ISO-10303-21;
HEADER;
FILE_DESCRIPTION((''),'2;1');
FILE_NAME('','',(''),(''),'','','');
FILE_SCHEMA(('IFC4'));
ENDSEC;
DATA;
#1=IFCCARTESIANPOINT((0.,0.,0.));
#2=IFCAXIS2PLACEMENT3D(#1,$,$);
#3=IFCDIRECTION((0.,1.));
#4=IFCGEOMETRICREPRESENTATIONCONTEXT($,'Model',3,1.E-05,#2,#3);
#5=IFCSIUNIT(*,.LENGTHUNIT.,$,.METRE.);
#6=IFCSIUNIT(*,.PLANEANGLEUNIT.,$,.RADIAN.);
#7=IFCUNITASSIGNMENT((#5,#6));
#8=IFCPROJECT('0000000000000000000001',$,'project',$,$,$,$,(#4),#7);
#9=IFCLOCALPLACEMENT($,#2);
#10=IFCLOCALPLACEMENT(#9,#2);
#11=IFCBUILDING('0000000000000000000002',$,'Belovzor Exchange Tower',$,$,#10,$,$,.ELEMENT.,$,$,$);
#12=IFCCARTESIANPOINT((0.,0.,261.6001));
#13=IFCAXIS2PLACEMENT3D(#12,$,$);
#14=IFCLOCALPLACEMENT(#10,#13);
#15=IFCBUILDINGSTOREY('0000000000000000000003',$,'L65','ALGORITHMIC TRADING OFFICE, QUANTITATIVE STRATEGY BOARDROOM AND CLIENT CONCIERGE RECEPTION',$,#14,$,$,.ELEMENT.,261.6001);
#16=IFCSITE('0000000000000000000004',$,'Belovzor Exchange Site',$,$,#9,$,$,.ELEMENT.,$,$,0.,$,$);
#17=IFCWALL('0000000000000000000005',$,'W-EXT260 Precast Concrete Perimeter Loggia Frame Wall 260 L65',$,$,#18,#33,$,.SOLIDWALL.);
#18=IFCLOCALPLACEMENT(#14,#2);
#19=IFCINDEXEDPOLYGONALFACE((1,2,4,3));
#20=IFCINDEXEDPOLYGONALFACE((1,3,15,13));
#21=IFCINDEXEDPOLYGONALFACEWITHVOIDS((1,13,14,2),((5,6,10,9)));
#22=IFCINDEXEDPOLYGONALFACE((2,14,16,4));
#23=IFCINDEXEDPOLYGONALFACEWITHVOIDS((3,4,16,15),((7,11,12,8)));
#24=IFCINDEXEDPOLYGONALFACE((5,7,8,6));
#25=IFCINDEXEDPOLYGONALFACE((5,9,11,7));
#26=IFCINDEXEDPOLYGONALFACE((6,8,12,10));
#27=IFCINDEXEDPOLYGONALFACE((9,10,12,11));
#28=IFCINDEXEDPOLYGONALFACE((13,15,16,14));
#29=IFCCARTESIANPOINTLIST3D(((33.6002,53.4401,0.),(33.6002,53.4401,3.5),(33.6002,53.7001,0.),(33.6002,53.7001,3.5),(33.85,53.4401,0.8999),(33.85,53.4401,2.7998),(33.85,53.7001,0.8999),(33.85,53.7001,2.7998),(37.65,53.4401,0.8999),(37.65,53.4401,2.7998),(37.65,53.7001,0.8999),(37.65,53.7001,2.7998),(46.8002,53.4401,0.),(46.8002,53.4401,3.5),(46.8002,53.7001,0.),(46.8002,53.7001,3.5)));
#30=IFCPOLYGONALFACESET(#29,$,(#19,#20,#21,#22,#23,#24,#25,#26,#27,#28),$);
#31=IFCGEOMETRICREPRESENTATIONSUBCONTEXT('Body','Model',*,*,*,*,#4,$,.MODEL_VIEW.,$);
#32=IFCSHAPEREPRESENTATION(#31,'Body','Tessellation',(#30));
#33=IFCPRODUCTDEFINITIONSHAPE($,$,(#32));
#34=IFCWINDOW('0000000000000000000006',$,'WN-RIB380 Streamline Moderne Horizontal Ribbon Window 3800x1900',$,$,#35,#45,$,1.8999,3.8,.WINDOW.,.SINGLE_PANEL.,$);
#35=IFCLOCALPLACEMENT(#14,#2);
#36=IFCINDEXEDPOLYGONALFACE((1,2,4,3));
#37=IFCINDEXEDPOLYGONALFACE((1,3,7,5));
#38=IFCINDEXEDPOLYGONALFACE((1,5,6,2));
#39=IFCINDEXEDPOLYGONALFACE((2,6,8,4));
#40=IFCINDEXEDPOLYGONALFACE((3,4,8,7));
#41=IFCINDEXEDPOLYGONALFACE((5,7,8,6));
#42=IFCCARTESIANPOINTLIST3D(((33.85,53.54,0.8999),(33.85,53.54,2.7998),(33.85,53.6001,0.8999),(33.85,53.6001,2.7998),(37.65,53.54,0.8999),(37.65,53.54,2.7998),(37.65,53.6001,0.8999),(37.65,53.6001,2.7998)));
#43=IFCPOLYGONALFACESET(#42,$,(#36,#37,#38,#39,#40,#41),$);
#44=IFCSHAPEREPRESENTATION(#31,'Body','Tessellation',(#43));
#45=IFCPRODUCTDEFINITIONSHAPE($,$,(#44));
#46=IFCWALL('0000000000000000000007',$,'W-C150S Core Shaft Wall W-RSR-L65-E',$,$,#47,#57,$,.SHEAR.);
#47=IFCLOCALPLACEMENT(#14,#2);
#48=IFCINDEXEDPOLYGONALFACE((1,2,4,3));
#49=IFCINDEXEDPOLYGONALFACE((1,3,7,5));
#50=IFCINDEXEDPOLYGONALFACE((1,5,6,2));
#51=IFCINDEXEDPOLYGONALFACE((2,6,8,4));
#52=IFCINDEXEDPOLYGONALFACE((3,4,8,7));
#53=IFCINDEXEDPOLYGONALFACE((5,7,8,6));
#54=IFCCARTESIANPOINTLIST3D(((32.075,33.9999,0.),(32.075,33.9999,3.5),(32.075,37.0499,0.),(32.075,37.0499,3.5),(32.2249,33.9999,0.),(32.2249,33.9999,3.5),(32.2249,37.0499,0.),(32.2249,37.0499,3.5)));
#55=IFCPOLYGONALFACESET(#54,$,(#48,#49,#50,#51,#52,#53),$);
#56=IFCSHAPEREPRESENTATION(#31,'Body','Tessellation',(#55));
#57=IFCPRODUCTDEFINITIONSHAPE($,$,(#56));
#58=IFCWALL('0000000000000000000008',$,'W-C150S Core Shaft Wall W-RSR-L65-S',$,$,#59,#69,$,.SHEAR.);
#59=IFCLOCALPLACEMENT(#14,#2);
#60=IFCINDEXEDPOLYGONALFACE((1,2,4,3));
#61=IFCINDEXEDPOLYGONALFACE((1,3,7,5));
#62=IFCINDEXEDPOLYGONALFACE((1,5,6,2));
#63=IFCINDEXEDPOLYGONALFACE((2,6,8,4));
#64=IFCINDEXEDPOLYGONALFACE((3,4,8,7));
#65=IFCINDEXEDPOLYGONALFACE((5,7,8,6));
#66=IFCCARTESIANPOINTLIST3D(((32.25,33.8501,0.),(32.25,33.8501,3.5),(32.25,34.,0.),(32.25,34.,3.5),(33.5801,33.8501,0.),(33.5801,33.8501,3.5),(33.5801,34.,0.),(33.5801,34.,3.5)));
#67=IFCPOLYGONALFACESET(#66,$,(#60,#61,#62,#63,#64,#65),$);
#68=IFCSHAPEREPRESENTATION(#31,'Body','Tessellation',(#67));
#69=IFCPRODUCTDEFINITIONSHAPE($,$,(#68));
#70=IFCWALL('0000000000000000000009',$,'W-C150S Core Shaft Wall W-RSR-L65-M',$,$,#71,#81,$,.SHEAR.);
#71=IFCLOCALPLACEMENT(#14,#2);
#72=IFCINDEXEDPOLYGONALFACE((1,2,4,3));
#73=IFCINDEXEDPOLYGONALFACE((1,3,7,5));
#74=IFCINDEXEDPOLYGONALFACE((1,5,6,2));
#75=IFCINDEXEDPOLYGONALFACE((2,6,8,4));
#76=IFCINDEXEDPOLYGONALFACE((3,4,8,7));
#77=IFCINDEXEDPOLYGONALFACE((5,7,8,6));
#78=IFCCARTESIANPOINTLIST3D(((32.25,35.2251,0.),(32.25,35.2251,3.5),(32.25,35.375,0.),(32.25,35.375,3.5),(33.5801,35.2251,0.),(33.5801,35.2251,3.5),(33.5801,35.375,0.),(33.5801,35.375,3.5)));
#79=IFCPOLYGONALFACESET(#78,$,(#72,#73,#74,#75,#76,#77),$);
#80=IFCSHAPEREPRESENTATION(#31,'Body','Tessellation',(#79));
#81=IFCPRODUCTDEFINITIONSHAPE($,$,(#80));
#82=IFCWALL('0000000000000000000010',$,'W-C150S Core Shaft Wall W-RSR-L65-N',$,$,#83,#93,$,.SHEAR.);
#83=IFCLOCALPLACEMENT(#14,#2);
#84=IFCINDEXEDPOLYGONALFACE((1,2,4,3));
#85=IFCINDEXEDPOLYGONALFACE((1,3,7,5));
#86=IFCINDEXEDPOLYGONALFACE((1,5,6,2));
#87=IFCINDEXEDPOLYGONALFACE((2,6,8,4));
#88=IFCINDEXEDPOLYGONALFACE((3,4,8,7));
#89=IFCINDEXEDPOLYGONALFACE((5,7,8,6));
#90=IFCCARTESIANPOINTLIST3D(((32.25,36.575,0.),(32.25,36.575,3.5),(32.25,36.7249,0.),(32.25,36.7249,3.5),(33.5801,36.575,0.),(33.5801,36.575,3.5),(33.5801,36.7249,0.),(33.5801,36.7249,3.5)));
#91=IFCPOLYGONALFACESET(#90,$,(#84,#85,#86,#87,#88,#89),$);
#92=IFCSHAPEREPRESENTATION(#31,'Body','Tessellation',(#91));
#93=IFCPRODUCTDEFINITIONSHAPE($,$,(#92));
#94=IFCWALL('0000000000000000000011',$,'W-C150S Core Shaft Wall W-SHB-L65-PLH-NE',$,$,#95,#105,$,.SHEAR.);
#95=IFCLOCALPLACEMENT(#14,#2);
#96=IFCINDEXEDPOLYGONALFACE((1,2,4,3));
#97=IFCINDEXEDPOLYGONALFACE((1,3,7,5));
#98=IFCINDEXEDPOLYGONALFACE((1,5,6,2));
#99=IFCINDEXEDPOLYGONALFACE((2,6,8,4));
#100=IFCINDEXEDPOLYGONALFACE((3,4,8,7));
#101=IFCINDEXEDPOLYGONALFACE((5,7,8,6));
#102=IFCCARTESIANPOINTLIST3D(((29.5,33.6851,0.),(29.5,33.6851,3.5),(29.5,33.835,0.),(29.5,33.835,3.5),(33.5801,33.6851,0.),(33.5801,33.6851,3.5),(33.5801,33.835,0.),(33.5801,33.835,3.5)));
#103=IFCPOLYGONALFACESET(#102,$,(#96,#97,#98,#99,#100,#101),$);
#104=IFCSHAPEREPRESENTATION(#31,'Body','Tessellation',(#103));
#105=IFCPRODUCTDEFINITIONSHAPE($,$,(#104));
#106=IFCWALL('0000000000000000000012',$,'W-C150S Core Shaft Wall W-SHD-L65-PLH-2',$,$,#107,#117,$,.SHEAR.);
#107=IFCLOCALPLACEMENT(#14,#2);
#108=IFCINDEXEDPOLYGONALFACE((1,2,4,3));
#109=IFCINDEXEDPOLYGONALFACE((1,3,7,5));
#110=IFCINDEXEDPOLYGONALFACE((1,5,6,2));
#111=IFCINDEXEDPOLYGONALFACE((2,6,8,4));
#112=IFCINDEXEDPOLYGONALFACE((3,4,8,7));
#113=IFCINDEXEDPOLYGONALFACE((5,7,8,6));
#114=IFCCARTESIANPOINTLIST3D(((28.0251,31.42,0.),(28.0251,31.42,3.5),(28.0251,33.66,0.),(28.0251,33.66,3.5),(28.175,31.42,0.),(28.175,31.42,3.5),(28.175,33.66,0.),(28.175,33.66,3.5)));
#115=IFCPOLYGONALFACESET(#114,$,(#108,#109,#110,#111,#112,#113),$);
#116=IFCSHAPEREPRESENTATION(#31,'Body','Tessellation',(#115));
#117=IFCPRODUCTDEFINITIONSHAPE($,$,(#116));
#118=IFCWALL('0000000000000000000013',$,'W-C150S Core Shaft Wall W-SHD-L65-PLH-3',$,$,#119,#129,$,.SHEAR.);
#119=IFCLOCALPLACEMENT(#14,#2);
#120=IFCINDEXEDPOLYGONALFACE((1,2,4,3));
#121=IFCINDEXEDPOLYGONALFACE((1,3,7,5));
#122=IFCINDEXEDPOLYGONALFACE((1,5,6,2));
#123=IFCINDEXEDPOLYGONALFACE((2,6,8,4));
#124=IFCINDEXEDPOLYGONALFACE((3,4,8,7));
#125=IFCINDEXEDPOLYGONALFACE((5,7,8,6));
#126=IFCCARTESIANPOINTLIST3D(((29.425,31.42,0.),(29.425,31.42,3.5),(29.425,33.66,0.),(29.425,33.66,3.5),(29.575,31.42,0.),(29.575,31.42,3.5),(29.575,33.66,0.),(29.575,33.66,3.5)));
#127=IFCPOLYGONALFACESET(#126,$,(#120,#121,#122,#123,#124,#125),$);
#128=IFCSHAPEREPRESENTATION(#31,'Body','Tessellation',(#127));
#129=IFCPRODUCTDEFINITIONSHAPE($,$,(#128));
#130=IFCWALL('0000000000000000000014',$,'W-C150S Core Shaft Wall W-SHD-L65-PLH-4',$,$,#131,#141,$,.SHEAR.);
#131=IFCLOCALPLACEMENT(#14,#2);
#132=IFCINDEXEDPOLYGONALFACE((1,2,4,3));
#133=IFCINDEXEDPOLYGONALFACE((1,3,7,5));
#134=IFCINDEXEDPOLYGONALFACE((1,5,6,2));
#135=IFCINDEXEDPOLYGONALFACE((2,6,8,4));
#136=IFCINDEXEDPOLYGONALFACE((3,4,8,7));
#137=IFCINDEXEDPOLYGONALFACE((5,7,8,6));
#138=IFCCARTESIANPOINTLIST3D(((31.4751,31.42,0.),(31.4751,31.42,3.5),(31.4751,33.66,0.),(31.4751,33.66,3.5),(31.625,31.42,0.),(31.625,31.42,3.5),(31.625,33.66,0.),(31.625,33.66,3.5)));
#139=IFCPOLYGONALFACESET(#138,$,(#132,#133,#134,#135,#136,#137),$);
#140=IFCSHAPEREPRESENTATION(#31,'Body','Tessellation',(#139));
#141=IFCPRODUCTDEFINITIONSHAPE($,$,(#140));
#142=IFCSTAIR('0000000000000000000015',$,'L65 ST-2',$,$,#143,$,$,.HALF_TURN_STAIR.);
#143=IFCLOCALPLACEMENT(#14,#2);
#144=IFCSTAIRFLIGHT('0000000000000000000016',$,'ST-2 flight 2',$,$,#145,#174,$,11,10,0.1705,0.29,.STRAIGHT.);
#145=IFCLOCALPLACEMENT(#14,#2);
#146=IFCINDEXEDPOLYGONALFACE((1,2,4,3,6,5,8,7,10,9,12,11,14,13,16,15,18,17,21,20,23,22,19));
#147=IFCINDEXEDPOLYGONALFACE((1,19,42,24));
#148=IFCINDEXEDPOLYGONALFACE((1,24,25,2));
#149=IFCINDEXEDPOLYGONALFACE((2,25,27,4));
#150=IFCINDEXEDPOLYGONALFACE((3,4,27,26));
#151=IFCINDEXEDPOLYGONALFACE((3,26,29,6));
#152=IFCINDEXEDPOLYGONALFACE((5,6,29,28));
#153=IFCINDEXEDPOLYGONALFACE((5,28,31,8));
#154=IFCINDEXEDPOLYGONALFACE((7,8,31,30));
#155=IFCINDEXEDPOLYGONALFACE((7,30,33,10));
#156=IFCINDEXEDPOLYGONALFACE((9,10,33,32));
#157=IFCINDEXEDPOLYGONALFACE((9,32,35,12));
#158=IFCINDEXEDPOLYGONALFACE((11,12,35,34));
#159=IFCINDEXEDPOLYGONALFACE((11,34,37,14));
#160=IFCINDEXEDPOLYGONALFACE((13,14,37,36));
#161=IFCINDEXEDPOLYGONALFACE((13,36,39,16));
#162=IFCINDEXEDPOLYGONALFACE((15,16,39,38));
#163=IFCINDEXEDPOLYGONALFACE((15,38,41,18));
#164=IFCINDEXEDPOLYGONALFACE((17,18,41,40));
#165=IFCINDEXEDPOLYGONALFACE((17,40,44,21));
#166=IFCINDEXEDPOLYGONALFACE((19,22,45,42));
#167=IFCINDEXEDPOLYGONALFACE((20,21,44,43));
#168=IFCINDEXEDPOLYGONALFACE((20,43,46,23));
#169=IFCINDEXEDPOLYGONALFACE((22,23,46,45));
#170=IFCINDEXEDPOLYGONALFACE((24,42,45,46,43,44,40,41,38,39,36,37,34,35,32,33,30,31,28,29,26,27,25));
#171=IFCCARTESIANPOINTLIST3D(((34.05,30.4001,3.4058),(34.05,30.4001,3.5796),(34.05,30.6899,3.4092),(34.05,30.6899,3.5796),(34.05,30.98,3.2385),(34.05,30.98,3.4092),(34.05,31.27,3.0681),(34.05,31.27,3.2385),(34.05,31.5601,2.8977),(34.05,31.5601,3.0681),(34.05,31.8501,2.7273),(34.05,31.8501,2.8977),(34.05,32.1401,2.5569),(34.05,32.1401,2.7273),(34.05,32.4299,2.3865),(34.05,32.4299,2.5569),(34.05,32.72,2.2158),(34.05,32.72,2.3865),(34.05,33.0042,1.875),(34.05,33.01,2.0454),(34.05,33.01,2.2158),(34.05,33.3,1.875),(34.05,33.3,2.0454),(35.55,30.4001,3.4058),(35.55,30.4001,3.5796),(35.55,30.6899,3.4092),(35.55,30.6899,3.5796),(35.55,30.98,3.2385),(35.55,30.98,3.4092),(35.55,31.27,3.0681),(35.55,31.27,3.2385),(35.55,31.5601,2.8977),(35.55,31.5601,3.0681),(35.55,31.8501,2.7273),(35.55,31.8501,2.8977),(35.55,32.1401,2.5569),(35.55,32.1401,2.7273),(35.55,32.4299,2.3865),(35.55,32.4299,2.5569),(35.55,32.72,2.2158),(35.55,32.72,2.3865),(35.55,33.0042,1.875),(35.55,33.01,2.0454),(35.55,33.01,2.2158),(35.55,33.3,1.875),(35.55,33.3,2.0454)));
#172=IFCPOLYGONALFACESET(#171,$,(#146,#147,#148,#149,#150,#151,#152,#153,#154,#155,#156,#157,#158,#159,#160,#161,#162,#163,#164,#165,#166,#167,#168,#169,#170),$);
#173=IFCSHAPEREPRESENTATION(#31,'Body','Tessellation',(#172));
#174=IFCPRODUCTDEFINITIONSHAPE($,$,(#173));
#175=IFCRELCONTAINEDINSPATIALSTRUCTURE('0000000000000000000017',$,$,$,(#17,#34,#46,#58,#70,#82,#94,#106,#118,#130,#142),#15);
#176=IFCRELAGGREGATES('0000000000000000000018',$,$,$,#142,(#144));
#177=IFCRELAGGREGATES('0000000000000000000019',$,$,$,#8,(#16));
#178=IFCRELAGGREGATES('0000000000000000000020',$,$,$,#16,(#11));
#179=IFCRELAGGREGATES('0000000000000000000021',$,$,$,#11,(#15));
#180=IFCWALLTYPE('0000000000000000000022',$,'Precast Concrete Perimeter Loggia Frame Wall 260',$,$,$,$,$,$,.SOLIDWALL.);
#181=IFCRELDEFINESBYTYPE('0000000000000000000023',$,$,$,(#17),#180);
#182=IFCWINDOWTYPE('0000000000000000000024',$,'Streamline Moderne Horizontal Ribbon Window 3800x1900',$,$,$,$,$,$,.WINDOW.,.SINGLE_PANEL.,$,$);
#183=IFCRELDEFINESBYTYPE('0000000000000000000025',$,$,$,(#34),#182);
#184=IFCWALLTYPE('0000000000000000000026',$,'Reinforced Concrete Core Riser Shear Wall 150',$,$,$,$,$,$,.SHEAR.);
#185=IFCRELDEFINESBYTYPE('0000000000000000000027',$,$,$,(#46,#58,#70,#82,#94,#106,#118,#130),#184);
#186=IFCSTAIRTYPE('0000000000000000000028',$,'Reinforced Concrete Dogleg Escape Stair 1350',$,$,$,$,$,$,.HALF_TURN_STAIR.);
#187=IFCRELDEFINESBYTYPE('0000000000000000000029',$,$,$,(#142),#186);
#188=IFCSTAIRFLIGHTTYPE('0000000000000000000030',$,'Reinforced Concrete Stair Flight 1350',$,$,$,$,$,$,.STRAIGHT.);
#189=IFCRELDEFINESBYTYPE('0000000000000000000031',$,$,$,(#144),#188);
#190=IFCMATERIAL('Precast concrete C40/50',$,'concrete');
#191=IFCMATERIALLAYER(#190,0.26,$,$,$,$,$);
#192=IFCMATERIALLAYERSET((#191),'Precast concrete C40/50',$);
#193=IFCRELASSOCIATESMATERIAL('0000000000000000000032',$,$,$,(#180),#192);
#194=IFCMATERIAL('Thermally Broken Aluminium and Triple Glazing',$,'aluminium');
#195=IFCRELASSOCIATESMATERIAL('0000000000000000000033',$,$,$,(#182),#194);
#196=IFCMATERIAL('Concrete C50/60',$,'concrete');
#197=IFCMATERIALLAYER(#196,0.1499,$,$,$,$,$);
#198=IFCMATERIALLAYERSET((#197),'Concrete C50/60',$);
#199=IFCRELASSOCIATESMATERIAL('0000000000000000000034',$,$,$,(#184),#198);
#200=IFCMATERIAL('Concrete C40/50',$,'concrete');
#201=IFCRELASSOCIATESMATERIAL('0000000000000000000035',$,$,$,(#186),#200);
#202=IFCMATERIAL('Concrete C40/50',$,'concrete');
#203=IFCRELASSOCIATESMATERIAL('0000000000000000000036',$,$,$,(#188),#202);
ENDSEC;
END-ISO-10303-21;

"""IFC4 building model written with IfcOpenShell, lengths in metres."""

from ifc_helpers import new_model, si_unit, direction, frame, frame_2d, origin, place, context, subcontext, project, spatial, polyline, rectangle, outline, extrude, material, layer, layer_set, type_object, element, fill, aggregate, save


model = new_model("IFC4")

# Units and contexts
model_context = context("Model", 3, precision=1e-05, world=origin(), true_north=direction((0.0, 1.0)))
body_context = subcontext(model_context, "Body", "Model", "MODEL_VIEW")
ifc_project = project(units=[si_unit("LENGTHUNIT", "METRE"), si_unit("PLANEANGLEUNIT", "RADIAN")], contexts=[model_context])

# Site, building, storey
site_placement = place(None, origin())
site = spatial("IfcSite", under=ifc_project, at=site_placement, Name="Belovzor Exchange Site", CompositionType="ELEMENT", RefElevation=0.0)
building_placement = place(site_placement, origin())
building = spatial("IfcBuilding", under=site, at=building_placement, Name="Belovzor Exchange Tower", CompositionType="ELEMENT")
storey_placement = place(building_placement, frame((0.0, 0.0, 261.6001)))
storey = spatial("IfcBuildingStorey", under=building, at=storey_placement, Name="L65", Description="ALGORITHMIC TRADING OFFICE, QUANTITATIVE STRATEGY BOARDROOM AND CLIENT CONCIERGE RECEPTION", CompositionType="ELEMENT", Elevation=261.6001)

# Wall, opening, window
ifc_material_1 = material(Name="Precast concrete C40/50", Category="concrete")
ifc_layer_1 = layer(ifc_material_1, 0.26)
ifc_layer_set_1 = layer_set([ifc_layer_1], Name="Precast concrete C40/50")
wall_type_1 = type_object("IfcWallType", Name="Precast Concrete Perimeter Loggia Frame Wall 260", PredefinedType="SOLIDWALL", material=ifc_layer_set_1)
wall_1_placement = place(storey_placement, frame((33.6001, 53.5701, 0.0), z_axis=(0.0, 0.0, 1.0), x_axis=(1.0, 0.0, 0.0)))
wall_1 = element("IfcWall", 1, at=wall_1_placement, inside=storey, type_object=wall_type_1, Name="W-EXT260 Precast Concrete Perimeter Loggia Frame Wall 260 L65", PredefinedType="SOLIDWALL", context=body_context, shape_type="SweptSolid", body=[
    extrude(rectangle(XDim=13.2, YDim=0.26, at=frame_2d((6.6001, 0.0))), origin(), (0.0, 0.0, 1.0), 3.5),
])
opening_1_placement = place(wall_1_placement, frame((0.25, 0.0, 0.8999)))
opening_1 = element("IfcOpeningElement", 2, at=opening_1_placement, cuts=wall_1, PredefinedType="OPENING", context=body_context, shape_type="SweptSolid", body=[
    extrude(rectangle(XDim=3.8, YDim=1.8999, at=frame_2d((1.8999, 0.95))), frame((0.0, 0.1399, 0.0), z_axis=(0.0, -1.0, 0.0), x_axis=(1.0, 0.0, 0.0)), (0.0, 0.0, 1.0), 0.28),
])
ifc_material_2 = material(Name="Thermally Broken Aluminium and Triple Glazing", Category="aluminium")
window_type = type_object("IfcWindowType", Name="Streamline Moderne Horizontal Ribbon Window 3800x1900", PartitioningType="SINGLE_PANEL", PredefinedType="WINDOW", material=ifc_material_2)
window_placement = place(opening_1_placement, origin())
window = element("IfcWindow", 3, at=window_placement, inside=storey, type_object=window_type, Name="WN-RIB380 Streamline Moderne Horizontal Ribbon Window 3800x1900", OverallHeight=1.8999, OverallWidth=3.8, PartitioningType="SINGLE_PANEL", PredefinedType="WINDOW", context=body_context, shape_type="SweptSolid", body=[
    extrude(rectangle(XDim=3.8, YDim=1.8999, at=frame_2d((1.8999, 0.95))), frame((0.0, 0.03, 0.0), z_axis=(0.0, -1.0, 0.0), x_axis=(1.0, 0.0, 0.0)), (0.0, 0.0, 1.0), 0.0601),
])
fill(opening_1, window)

# Walls
ifc_material_3 = material(Name="Concrete C50/60", Category="concrete")
ifc_layer_2 = layer(ifc_material_3, 0.1499)
ifc_layer_set_2 = layer_set([ifc_layer_2], Name="Concrete C50/60")
wall_type_2 = type_object("IfcWallType", Name="Reinforced Concrete Core Riser Shear Wall 150", PredefinedType="SHEAR", material=ifc_layer_set_2)
wall_2_placement = place(storey_placement, frame((32.1499, 34.0, 0.0), z_axis=(0.0, 0.0, 1.0), x_axis=(0.0, 1.0, 0.0)))
element("IfcWall", 4, at=wall_2_placement, inside=storey, type_object=wall_type_2, Name="W-C150S Core Shaft Wall W-RSR-L65-E", PredefinedType="SHEAR", context=body_context, shape_type="SweptSolid", body=[
    extrude(rectangle(XDim=3.05, YDim=0.1499, at=frame_2d((1.5249, 0.0))), origin(), (0.0, 0.0, 1.0), 3.5),
])
for number, where, z_axis, x_axis, name in (
    (5, (32.25, 33.925, 0.0), (0.0, 0.0, 1.0), (1.0, 0.0, 0.0), "W-C150S Core Shaft Wall W-RSR-L65-S"),
    (6, (32.25, 35.3, 0.0), (0.0, 0.0, 1.0), (1.0, 0.0, 0.0), "W-C150S Core Shaft Wall W-RSR-L65-M"),
    (7, (32.25, 36.6499, 0.0), (0.0, 0.0, 1.0), (1.0, 0.0, 0.0), "W-C150S Core Shaft Wall W-RSR-L65-N"),
):
    element("IfcWall", number, at=place(storey_placement, frame(where, z_axis=z_axis, x_axis=x_axis)), inside=storey, type_object=wall_type_2, Name=name, PredefinedType="SHEAR", context=body_context, shape_type="SweptSolid", body=[
        extrude(rectangle(XDim=1.3301, YDim=0.1499, at=frame_2d((0.665, 0.0))), origin(), (0.0, 0.0, 1.0), 3.5),
    ])
wall_3_placement = place(storey_placement, frame((29.5, 33.76, 0.0), z_axis=(0.0, 0.0, 1.0), x_axis=(1.0, 0.0, 0.0)))
element("IfcWall", 8, at=wall_3_placement, inside=storey, type_object=wall_type_2, Name="W-C150S Core Shaft Wall W-SHB-L65-PLH-NE", PredefinedType="SHEAR", context=body_context, shape_type="SweptSolid", body=[
    extrude(rectangle(XDim=4.0801, YDim=0.1499, at=frame_2d((2.04, 0.0))), origin(), (0.0, 0.0, 1.0), 3.5),
])
for number, where, z_axis, x_axis, name in (
    (9, (28.1001, 31.4199, 0.0), (0.0, 0.0, 1.0), (0.0, 1.0, 0.0), "W-C150S Core Shaft Wall W-SHD-L65-PLH-2"),
    (10, (29.5, 31.4199, 0.0), (0.0, 0.0, 1.0), (0.0, 1.0, 0.0), "W-C150S Core Shaft Wall W-SHD-L65-PLH-3"),
    (11, (31.55, 31.4199, 0.0), (0.0, 0.0, 1.0), (0.0, 1.0, 0.0), "W-C150S Core Shaft Wall W-SHD-L65-PLH-4"),
):
    element("IfcWall", number, at=place(storey_placement, frame(where, z_axis=z_axis, x_axis=x_axis)), inside=storey, type_object=wall_type_2, Name=name, PredefinedType="SHEAR", context=body_context, shape_type="SweptSolid", body=[
        extrude(rectangle(XDim=2.24, YDim=0.1499, at=frame_2d((1.1201, 0.0))), origin(), (0.0, 0.0, 1.0), 3.5),
    ])

# Stair, stair flight
ifc_material_4 = material(Name="Concrete C40/50", Category="concrete")
stair_type = type_object("IfcStairType", Name="Reinforced Concrete Dogleg Escape Stair 1350", PredefinedType="HALF_TURN_STAIR", material=ifc_material_4)
stair_placement = place(storey_placement, origin())
stair = element("IfcStair", 12, at=stair_placement, inside=storey, type_object=stair_type, Name="L65 ST-2", PredefinedType="HALF_TURN_STAIR")
ifc_material_5 = material(Name="Concrete C40/50", Category="concrete")
stair_flight_type = type_object("IfcStairFlightType", Name="Reinforced Concrete Stair Flight 1350", PredefinedType="STRAIGHT", material=ifc_material_5)
stair_flight_placement = place(storey_placement, frame((34.8, 33.3, 1.875), z_axis=(0.0, 0.0, 1.0), x_axis=(0.0, -1.0, 0.0)))
stair_flight = element("IfcStairFlight", 13, at=stair_flight_placement, type_object=stair_flight_type, Name="ST-2 flight 2", NumberOfRisers=11, NumberOfTreads=10, PredefinedType="STRAIGHT", RiserHeight=0.1705, TreadLength=0.29, context=body_context, shape_type="SweptSolid", body=[
    extrude(outline(polyline([(0.0, 0.0), (0.0, 0.1704), (0.29, 0.1704), (0.29, 0.3408), (0.5801, 0.3408), (0.5801, 0.5115), (0.8701, 0.5115), (0.8701, 0.6819), (1.1599, 0.6819), (1.1599, 0.8523), (1.45, 0.8523), (1.45, 1.0227), (1.74, 1.0227), (1.74, 1.1931), (2.03, 1.1931), (2.03, 1.3635), (2.3201, 1.3635), (2.3201, 1.5342), (2.6101, 1.5342), (2.6101, 1.7046), (2.8999, 1.7046), (2.8999, 1.875), (2.8999, 1.5308), (0.2959, 0.0), (0.0, 0.0)])), frame((0.0, 0.75, 0.0), z_axis=(0.0, -1.0, 0.0), x_axis=(1.0, 0.0, 0.0)), (0.0, 0.0, 1.0), 1.5),
])
aggregate(stair, [stair_flight])

save(model, "model.ifc")
